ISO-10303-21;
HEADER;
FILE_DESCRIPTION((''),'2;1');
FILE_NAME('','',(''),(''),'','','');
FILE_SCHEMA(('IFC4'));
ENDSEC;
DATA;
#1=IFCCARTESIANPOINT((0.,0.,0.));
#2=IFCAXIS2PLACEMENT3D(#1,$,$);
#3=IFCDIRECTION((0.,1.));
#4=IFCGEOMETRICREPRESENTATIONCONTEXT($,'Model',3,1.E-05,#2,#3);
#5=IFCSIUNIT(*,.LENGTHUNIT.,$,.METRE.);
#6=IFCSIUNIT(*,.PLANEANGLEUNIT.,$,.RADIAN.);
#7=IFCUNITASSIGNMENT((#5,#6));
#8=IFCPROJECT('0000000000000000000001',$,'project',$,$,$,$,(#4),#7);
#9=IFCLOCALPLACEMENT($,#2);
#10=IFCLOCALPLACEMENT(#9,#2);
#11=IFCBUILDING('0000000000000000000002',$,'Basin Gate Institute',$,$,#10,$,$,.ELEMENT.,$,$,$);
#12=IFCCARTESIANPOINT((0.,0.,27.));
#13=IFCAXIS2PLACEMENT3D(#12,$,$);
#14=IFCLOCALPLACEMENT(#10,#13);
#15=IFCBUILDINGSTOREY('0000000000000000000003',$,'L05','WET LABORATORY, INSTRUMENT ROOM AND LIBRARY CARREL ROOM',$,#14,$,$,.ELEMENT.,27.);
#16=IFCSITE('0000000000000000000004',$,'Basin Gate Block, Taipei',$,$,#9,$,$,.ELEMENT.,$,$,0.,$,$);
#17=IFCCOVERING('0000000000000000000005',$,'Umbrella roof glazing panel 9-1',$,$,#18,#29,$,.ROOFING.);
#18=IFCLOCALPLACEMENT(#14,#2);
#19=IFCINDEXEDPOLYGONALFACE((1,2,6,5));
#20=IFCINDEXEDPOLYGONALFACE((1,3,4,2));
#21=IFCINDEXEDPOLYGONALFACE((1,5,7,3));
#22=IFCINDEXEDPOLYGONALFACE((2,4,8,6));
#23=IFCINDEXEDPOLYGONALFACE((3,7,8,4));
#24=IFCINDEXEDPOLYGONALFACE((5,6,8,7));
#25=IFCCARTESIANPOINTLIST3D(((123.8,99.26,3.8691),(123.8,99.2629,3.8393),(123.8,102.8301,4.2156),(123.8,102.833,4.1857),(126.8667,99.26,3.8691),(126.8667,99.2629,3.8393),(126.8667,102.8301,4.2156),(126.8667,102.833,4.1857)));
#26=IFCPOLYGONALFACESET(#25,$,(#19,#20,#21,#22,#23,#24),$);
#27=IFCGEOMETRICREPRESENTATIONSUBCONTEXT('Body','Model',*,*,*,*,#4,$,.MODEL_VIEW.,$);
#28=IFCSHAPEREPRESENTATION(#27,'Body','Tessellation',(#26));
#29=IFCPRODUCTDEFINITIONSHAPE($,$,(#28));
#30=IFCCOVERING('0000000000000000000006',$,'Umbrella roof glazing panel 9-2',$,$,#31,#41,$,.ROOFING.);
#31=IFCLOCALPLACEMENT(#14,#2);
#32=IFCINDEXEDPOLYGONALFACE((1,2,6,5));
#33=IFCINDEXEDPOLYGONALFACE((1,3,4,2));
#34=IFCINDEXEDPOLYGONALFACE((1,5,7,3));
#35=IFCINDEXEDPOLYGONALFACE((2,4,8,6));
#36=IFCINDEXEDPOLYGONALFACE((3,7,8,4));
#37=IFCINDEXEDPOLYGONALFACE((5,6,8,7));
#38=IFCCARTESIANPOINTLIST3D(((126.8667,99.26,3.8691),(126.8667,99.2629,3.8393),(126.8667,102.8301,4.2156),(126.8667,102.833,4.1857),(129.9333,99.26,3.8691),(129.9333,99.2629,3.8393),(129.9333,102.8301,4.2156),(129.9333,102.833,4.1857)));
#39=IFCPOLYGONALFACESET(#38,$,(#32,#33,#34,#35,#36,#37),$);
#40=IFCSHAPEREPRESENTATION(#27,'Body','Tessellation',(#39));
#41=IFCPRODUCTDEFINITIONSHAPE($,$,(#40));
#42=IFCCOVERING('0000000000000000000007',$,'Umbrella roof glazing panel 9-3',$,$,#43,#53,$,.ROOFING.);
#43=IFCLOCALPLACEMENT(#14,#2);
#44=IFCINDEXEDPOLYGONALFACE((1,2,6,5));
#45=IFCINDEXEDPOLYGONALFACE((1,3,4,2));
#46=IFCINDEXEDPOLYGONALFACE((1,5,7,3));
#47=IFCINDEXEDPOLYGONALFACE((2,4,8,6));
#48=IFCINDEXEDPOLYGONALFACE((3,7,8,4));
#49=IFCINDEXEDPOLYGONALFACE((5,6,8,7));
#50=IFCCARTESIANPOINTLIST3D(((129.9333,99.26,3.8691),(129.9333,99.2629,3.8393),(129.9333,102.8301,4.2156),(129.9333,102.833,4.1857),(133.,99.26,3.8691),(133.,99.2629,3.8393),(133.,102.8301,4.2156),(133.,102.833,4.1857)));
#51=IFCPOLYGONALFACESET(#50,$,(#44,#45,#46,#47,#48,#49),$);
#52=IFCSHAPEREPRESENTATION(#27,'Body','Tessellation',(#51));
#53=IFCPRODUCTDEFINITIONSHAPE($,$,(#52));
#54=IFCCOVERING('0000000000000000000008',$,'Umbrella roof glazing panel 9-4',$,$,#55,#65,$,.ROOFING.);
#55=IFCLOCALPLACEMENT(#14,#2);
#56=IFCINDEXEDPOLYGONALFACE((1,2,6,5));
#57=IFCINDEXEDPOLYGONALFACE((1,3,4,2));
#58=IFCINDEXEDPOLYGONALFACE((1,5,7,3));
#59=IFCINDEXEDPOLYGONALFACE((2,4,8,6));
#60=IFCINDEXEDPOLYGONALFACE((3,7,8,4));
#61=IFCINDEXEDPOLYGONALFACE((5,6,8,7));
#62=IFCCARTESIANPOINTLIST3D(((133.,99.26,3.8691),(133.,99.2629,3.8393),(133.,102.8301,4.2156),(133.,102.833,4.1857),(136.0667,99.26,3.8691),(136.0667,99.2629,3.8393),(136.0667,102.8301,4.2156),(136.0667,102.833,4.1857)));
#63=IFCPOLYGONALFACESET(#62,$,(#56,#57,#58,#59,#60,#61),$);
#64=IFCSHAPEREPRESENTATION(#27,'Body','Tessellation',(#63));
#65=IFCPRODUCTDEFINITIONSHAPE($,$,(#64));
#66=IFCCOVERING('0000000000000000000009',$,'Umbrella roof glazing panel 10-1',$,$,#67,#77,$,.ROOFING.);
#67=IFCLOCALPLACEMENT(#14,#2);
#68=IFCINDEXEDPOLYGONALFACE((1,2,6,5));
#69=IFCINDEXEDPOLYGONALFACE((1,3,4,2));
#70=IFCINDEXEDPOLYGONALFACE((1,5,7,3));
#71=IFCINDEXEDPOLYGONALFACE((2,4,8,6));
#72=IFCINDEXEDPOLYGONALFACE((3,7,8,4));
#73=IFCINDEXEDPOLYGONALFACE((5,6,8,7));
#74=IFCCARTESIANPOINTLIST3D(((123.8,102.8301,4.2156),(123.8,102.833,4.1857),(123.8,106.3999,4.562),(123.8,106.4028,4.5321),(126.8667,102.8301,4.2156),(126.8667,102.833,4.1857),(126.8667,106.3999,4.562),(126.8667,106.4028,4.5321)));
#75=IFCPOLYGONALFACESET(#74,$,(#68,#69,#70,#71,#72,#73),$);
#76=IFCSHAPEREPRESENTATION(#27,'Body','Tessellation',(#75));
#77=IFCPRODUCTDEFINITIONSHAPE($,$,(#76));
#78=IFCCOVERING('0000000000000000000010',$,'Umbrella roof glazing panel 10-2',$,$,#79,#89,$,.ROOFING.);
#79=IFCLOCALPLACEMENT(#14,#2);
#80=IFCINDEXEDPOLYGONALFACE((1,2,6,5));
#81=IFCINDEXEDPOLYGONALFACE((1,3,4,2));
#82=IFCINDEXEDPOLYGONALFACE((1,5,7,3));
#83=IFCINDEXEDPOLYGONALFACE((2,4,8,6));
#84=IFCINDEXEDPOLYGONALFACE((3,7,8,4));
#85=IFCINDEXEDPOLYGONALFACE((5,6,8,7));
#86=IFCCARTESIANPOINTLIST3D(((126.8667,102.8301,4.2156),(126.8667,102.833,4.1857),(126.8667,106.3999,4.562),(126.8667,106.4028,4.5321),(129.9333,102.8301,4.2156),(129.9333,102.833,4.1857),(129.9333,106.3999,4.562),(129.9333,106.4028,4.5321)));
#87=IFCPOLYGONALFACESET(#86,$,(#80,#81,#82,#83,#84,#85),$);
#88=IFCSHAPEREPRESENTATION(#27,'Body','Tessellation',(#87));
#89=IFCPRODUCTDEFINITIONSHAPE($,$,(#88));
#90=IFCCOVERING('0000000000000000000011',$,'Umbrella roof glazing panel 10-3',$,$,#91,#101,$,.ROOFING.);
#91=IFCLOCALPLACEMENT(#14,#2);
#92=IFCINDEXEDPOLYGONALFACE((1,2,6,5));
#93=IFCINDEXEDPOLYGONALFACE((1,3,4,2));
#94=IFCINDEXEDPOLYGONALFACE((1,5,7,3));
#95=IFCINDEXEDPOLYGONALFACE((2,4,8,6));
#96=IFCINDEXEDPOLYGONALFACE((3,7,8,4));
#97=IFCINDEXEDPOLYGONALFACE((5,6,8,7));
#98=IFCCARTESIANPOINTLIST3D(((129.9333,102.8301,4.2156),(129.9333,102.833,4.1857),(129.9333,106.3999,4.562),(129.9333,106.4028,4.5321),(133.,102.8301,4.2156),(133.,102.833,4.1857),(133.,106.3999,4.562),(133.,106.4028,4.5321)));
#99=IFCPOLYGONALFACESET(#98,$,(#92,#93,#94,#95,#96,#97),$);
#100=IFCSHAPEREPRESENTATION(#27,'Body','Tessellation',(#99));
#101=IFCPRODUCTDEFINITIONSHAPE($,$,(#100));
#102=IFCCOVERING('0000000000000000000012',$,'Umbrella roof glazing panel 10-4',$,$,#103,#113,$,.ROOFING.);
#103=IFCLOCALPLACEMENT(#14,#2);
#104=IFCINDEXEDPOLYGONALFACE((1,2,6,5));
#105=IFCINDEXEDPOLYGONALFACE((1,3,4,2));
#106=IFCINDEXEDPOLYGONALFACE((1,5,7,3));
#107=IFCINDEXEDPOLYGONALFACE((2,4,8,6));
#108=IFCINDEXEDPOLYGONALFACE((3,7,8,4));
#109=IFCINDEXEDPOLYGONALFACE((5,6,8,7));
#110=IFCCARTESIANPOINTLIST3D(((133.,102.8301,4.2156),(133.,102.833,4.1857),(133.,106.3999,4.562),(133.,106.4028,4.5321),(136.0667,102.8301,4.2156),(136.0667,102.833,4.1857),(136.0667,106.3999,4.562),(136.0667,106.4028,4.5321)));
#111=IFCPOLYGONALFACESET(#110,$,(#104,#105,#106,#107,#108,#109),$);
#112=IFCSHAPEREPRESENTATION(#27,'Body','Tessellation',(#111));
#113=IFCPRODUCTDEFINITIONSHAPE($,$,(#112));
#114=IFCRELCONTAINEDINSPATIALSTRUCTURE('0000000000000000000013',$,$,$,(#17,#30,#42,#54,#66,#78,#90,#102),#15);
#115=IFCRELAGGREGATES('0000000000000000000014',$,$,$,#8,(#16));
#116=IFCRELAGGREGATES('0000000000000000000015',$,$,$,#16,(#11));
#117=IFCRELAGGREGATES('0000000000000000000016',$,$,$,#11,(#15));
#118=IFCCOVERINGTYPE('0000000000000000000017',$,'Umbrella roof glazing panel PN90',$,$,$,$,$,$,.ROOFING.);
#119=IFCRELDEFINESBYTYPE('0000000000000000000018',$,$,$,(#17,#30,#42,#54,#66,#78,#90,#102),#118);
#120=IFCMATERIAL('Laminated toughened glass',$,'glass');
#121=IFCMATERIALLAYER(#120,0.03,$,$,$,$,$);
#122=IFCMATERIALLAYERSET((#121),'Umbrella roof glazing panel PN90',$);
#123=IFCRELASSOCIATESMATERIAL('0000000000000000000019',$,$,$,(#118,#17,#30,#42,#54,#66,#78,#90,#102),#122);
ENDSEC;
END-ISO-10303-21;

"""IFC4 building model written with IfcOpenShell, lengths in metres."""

from ifc_helpers import new_model, si_unit, direction, frame, origin, place, context, subcontext, project, spatial, polyline, outline, extrude, material, layer, layer_set, type_object, element, save


model = new_model("IFC4")

# Units and contexts
model_context = context("Model", 3, precision=1e-05, world=origin(), true_north=direction((0.0, 1.0)))
body_context = subcontext(model_context, "Body", "Model", "MODEL_VIEW")
ifc_project = project(units=[si_unit("LENGTHUNIT", "METRE"), si_unit("PLANEANGLEUNIT", "RADIAN")], contexts=[model_context])

# Site, building, storey
site_placement = place(None, origin())
site = spatial("IfcSite", under=ifc_project, at=site_placement, Name="Basin Gate Block, Taipei", CompositionType="ELEMENT", RefElevation=0.0)
building_placement = place(site_placement, origin())
building = spatial("IfcBuilding", under=site, at=building_placement, Name="Basin Gate Institute", CompositionType="ELEMENT")
storey_placement = place(building_placement, frame((0.0, 0.0, 27.0)))
storey = spatial("IfcBuildingStorey", under=building, at=storey_placement, Name="L05", Description="WET LABORATORY, INSTRUMENT ROOM AND LIBRARY CARREL ROOM", CompositionType="ELEMENT", Elevation=27.0)

# Coverings
ifc_material_1 = material(Name="Laminated toughened glass", Category="glass")
ifc_layer_1 = layer(ifc_material_1, 0.03)
ifc_layer_set_1 = layer_set([ifc_layer_1], Name="Umbrella roof glazing panel PN90")
covering_type = type_object("IfcCoveringType", Name="Umbrella roof glazing panel PN90", PredefinedType="ROOFING", material=ifc_layer_set_1)
for number, where, z_axis, x_axis, name in (
    (1, (123.8, 99.26, 3.8691), (0.0, -0.096585, 0.995325), (1.0, 0.0, 0.0), "Umbrella roof glazing panel 9-1"),
    (2, (126.8667, 99.26, 3.8691), (0.0, -0.096585, 0.995325), (1.0, 0.0, 0.0), "Umbrella roof glazing panel 9-2"),
    (3, (129.9333, 99.26, 3.8691), (0.0, -0.096585, 0.995325), (1.0, 0.0, 0.0), "Umbrella roof glazing panel 9-3"),
    (4, (133.0, 99.26, 3.8691), (0.0, -0.096585, 0.995325), (1.0, 0.0, 0.0), "Umbrella roof glazing panel 9-4"),
):
    element("IfcCovering", number, at=place(storey_placement, frame(where, z_axis=z_axis, x_axis=x_axis)), inside=storey, type_object=covering_type, material=ifc_layer_set_1, Name=name, PredefinedType="ROOFING", context=body_context, shape_type="SweptSolid", body=[
        extrude(outline(polyline([(0.0, 0.0), (3.0667, 0.0), (3.0667, 3.5868), (0.0, 3.5868), (0.0, 0.0)])), origin(), (0.0, 0.0, -1.0), 0.03),
    ])
for number, where, z_axis, x_axis, name in (
    (5, (123.8, 102.8301, 4.2156), (0.0, -0.096592, 0.995324), (1.0, 0.0, 0.0), "Umbrella roof glazing panel 10-1"),
    (6, (126.8667, 102.8301, 4.2156), (0.0, -0.096592, 0.995324), (1.0, 0.0, 0.0), "Umbrella roof glazing panel 10-2"),
    (7, (129.9333, 102.8301, 4.2156), (0.0, -0.096592, 0.995324), (1.0, 0.0, 0.0), "Umbrella roof glazing panel 10-3"),
    (8, (133.0, 102.8301, 4.2156), (0.0, -0.096592, 0.995324), (1.0, 0.0, 0.0), "Umbrella roof glazing panel 10-4"),
):
    element("IfcCovering", number, at=place(storey_placement, frame(where, z_axis=z_axis, x_axis=x_axis)), inside=storey, type_object=covering_type, material=ifc_layer_set_1, Name=name, PredefinedType="ROOFING", context=body_context, shape_type="SweptSolid", body=[
        extrude(outline(polyline([(0.0, 0.0), (3.0667, 0.0), (3.0667, 3.5866), (0.0, 3.5866), (0.0, 0.0)])), origin(), (0.0, 0.0, -1.0), 0.03),
    ])

save(model, "model.ifc")
